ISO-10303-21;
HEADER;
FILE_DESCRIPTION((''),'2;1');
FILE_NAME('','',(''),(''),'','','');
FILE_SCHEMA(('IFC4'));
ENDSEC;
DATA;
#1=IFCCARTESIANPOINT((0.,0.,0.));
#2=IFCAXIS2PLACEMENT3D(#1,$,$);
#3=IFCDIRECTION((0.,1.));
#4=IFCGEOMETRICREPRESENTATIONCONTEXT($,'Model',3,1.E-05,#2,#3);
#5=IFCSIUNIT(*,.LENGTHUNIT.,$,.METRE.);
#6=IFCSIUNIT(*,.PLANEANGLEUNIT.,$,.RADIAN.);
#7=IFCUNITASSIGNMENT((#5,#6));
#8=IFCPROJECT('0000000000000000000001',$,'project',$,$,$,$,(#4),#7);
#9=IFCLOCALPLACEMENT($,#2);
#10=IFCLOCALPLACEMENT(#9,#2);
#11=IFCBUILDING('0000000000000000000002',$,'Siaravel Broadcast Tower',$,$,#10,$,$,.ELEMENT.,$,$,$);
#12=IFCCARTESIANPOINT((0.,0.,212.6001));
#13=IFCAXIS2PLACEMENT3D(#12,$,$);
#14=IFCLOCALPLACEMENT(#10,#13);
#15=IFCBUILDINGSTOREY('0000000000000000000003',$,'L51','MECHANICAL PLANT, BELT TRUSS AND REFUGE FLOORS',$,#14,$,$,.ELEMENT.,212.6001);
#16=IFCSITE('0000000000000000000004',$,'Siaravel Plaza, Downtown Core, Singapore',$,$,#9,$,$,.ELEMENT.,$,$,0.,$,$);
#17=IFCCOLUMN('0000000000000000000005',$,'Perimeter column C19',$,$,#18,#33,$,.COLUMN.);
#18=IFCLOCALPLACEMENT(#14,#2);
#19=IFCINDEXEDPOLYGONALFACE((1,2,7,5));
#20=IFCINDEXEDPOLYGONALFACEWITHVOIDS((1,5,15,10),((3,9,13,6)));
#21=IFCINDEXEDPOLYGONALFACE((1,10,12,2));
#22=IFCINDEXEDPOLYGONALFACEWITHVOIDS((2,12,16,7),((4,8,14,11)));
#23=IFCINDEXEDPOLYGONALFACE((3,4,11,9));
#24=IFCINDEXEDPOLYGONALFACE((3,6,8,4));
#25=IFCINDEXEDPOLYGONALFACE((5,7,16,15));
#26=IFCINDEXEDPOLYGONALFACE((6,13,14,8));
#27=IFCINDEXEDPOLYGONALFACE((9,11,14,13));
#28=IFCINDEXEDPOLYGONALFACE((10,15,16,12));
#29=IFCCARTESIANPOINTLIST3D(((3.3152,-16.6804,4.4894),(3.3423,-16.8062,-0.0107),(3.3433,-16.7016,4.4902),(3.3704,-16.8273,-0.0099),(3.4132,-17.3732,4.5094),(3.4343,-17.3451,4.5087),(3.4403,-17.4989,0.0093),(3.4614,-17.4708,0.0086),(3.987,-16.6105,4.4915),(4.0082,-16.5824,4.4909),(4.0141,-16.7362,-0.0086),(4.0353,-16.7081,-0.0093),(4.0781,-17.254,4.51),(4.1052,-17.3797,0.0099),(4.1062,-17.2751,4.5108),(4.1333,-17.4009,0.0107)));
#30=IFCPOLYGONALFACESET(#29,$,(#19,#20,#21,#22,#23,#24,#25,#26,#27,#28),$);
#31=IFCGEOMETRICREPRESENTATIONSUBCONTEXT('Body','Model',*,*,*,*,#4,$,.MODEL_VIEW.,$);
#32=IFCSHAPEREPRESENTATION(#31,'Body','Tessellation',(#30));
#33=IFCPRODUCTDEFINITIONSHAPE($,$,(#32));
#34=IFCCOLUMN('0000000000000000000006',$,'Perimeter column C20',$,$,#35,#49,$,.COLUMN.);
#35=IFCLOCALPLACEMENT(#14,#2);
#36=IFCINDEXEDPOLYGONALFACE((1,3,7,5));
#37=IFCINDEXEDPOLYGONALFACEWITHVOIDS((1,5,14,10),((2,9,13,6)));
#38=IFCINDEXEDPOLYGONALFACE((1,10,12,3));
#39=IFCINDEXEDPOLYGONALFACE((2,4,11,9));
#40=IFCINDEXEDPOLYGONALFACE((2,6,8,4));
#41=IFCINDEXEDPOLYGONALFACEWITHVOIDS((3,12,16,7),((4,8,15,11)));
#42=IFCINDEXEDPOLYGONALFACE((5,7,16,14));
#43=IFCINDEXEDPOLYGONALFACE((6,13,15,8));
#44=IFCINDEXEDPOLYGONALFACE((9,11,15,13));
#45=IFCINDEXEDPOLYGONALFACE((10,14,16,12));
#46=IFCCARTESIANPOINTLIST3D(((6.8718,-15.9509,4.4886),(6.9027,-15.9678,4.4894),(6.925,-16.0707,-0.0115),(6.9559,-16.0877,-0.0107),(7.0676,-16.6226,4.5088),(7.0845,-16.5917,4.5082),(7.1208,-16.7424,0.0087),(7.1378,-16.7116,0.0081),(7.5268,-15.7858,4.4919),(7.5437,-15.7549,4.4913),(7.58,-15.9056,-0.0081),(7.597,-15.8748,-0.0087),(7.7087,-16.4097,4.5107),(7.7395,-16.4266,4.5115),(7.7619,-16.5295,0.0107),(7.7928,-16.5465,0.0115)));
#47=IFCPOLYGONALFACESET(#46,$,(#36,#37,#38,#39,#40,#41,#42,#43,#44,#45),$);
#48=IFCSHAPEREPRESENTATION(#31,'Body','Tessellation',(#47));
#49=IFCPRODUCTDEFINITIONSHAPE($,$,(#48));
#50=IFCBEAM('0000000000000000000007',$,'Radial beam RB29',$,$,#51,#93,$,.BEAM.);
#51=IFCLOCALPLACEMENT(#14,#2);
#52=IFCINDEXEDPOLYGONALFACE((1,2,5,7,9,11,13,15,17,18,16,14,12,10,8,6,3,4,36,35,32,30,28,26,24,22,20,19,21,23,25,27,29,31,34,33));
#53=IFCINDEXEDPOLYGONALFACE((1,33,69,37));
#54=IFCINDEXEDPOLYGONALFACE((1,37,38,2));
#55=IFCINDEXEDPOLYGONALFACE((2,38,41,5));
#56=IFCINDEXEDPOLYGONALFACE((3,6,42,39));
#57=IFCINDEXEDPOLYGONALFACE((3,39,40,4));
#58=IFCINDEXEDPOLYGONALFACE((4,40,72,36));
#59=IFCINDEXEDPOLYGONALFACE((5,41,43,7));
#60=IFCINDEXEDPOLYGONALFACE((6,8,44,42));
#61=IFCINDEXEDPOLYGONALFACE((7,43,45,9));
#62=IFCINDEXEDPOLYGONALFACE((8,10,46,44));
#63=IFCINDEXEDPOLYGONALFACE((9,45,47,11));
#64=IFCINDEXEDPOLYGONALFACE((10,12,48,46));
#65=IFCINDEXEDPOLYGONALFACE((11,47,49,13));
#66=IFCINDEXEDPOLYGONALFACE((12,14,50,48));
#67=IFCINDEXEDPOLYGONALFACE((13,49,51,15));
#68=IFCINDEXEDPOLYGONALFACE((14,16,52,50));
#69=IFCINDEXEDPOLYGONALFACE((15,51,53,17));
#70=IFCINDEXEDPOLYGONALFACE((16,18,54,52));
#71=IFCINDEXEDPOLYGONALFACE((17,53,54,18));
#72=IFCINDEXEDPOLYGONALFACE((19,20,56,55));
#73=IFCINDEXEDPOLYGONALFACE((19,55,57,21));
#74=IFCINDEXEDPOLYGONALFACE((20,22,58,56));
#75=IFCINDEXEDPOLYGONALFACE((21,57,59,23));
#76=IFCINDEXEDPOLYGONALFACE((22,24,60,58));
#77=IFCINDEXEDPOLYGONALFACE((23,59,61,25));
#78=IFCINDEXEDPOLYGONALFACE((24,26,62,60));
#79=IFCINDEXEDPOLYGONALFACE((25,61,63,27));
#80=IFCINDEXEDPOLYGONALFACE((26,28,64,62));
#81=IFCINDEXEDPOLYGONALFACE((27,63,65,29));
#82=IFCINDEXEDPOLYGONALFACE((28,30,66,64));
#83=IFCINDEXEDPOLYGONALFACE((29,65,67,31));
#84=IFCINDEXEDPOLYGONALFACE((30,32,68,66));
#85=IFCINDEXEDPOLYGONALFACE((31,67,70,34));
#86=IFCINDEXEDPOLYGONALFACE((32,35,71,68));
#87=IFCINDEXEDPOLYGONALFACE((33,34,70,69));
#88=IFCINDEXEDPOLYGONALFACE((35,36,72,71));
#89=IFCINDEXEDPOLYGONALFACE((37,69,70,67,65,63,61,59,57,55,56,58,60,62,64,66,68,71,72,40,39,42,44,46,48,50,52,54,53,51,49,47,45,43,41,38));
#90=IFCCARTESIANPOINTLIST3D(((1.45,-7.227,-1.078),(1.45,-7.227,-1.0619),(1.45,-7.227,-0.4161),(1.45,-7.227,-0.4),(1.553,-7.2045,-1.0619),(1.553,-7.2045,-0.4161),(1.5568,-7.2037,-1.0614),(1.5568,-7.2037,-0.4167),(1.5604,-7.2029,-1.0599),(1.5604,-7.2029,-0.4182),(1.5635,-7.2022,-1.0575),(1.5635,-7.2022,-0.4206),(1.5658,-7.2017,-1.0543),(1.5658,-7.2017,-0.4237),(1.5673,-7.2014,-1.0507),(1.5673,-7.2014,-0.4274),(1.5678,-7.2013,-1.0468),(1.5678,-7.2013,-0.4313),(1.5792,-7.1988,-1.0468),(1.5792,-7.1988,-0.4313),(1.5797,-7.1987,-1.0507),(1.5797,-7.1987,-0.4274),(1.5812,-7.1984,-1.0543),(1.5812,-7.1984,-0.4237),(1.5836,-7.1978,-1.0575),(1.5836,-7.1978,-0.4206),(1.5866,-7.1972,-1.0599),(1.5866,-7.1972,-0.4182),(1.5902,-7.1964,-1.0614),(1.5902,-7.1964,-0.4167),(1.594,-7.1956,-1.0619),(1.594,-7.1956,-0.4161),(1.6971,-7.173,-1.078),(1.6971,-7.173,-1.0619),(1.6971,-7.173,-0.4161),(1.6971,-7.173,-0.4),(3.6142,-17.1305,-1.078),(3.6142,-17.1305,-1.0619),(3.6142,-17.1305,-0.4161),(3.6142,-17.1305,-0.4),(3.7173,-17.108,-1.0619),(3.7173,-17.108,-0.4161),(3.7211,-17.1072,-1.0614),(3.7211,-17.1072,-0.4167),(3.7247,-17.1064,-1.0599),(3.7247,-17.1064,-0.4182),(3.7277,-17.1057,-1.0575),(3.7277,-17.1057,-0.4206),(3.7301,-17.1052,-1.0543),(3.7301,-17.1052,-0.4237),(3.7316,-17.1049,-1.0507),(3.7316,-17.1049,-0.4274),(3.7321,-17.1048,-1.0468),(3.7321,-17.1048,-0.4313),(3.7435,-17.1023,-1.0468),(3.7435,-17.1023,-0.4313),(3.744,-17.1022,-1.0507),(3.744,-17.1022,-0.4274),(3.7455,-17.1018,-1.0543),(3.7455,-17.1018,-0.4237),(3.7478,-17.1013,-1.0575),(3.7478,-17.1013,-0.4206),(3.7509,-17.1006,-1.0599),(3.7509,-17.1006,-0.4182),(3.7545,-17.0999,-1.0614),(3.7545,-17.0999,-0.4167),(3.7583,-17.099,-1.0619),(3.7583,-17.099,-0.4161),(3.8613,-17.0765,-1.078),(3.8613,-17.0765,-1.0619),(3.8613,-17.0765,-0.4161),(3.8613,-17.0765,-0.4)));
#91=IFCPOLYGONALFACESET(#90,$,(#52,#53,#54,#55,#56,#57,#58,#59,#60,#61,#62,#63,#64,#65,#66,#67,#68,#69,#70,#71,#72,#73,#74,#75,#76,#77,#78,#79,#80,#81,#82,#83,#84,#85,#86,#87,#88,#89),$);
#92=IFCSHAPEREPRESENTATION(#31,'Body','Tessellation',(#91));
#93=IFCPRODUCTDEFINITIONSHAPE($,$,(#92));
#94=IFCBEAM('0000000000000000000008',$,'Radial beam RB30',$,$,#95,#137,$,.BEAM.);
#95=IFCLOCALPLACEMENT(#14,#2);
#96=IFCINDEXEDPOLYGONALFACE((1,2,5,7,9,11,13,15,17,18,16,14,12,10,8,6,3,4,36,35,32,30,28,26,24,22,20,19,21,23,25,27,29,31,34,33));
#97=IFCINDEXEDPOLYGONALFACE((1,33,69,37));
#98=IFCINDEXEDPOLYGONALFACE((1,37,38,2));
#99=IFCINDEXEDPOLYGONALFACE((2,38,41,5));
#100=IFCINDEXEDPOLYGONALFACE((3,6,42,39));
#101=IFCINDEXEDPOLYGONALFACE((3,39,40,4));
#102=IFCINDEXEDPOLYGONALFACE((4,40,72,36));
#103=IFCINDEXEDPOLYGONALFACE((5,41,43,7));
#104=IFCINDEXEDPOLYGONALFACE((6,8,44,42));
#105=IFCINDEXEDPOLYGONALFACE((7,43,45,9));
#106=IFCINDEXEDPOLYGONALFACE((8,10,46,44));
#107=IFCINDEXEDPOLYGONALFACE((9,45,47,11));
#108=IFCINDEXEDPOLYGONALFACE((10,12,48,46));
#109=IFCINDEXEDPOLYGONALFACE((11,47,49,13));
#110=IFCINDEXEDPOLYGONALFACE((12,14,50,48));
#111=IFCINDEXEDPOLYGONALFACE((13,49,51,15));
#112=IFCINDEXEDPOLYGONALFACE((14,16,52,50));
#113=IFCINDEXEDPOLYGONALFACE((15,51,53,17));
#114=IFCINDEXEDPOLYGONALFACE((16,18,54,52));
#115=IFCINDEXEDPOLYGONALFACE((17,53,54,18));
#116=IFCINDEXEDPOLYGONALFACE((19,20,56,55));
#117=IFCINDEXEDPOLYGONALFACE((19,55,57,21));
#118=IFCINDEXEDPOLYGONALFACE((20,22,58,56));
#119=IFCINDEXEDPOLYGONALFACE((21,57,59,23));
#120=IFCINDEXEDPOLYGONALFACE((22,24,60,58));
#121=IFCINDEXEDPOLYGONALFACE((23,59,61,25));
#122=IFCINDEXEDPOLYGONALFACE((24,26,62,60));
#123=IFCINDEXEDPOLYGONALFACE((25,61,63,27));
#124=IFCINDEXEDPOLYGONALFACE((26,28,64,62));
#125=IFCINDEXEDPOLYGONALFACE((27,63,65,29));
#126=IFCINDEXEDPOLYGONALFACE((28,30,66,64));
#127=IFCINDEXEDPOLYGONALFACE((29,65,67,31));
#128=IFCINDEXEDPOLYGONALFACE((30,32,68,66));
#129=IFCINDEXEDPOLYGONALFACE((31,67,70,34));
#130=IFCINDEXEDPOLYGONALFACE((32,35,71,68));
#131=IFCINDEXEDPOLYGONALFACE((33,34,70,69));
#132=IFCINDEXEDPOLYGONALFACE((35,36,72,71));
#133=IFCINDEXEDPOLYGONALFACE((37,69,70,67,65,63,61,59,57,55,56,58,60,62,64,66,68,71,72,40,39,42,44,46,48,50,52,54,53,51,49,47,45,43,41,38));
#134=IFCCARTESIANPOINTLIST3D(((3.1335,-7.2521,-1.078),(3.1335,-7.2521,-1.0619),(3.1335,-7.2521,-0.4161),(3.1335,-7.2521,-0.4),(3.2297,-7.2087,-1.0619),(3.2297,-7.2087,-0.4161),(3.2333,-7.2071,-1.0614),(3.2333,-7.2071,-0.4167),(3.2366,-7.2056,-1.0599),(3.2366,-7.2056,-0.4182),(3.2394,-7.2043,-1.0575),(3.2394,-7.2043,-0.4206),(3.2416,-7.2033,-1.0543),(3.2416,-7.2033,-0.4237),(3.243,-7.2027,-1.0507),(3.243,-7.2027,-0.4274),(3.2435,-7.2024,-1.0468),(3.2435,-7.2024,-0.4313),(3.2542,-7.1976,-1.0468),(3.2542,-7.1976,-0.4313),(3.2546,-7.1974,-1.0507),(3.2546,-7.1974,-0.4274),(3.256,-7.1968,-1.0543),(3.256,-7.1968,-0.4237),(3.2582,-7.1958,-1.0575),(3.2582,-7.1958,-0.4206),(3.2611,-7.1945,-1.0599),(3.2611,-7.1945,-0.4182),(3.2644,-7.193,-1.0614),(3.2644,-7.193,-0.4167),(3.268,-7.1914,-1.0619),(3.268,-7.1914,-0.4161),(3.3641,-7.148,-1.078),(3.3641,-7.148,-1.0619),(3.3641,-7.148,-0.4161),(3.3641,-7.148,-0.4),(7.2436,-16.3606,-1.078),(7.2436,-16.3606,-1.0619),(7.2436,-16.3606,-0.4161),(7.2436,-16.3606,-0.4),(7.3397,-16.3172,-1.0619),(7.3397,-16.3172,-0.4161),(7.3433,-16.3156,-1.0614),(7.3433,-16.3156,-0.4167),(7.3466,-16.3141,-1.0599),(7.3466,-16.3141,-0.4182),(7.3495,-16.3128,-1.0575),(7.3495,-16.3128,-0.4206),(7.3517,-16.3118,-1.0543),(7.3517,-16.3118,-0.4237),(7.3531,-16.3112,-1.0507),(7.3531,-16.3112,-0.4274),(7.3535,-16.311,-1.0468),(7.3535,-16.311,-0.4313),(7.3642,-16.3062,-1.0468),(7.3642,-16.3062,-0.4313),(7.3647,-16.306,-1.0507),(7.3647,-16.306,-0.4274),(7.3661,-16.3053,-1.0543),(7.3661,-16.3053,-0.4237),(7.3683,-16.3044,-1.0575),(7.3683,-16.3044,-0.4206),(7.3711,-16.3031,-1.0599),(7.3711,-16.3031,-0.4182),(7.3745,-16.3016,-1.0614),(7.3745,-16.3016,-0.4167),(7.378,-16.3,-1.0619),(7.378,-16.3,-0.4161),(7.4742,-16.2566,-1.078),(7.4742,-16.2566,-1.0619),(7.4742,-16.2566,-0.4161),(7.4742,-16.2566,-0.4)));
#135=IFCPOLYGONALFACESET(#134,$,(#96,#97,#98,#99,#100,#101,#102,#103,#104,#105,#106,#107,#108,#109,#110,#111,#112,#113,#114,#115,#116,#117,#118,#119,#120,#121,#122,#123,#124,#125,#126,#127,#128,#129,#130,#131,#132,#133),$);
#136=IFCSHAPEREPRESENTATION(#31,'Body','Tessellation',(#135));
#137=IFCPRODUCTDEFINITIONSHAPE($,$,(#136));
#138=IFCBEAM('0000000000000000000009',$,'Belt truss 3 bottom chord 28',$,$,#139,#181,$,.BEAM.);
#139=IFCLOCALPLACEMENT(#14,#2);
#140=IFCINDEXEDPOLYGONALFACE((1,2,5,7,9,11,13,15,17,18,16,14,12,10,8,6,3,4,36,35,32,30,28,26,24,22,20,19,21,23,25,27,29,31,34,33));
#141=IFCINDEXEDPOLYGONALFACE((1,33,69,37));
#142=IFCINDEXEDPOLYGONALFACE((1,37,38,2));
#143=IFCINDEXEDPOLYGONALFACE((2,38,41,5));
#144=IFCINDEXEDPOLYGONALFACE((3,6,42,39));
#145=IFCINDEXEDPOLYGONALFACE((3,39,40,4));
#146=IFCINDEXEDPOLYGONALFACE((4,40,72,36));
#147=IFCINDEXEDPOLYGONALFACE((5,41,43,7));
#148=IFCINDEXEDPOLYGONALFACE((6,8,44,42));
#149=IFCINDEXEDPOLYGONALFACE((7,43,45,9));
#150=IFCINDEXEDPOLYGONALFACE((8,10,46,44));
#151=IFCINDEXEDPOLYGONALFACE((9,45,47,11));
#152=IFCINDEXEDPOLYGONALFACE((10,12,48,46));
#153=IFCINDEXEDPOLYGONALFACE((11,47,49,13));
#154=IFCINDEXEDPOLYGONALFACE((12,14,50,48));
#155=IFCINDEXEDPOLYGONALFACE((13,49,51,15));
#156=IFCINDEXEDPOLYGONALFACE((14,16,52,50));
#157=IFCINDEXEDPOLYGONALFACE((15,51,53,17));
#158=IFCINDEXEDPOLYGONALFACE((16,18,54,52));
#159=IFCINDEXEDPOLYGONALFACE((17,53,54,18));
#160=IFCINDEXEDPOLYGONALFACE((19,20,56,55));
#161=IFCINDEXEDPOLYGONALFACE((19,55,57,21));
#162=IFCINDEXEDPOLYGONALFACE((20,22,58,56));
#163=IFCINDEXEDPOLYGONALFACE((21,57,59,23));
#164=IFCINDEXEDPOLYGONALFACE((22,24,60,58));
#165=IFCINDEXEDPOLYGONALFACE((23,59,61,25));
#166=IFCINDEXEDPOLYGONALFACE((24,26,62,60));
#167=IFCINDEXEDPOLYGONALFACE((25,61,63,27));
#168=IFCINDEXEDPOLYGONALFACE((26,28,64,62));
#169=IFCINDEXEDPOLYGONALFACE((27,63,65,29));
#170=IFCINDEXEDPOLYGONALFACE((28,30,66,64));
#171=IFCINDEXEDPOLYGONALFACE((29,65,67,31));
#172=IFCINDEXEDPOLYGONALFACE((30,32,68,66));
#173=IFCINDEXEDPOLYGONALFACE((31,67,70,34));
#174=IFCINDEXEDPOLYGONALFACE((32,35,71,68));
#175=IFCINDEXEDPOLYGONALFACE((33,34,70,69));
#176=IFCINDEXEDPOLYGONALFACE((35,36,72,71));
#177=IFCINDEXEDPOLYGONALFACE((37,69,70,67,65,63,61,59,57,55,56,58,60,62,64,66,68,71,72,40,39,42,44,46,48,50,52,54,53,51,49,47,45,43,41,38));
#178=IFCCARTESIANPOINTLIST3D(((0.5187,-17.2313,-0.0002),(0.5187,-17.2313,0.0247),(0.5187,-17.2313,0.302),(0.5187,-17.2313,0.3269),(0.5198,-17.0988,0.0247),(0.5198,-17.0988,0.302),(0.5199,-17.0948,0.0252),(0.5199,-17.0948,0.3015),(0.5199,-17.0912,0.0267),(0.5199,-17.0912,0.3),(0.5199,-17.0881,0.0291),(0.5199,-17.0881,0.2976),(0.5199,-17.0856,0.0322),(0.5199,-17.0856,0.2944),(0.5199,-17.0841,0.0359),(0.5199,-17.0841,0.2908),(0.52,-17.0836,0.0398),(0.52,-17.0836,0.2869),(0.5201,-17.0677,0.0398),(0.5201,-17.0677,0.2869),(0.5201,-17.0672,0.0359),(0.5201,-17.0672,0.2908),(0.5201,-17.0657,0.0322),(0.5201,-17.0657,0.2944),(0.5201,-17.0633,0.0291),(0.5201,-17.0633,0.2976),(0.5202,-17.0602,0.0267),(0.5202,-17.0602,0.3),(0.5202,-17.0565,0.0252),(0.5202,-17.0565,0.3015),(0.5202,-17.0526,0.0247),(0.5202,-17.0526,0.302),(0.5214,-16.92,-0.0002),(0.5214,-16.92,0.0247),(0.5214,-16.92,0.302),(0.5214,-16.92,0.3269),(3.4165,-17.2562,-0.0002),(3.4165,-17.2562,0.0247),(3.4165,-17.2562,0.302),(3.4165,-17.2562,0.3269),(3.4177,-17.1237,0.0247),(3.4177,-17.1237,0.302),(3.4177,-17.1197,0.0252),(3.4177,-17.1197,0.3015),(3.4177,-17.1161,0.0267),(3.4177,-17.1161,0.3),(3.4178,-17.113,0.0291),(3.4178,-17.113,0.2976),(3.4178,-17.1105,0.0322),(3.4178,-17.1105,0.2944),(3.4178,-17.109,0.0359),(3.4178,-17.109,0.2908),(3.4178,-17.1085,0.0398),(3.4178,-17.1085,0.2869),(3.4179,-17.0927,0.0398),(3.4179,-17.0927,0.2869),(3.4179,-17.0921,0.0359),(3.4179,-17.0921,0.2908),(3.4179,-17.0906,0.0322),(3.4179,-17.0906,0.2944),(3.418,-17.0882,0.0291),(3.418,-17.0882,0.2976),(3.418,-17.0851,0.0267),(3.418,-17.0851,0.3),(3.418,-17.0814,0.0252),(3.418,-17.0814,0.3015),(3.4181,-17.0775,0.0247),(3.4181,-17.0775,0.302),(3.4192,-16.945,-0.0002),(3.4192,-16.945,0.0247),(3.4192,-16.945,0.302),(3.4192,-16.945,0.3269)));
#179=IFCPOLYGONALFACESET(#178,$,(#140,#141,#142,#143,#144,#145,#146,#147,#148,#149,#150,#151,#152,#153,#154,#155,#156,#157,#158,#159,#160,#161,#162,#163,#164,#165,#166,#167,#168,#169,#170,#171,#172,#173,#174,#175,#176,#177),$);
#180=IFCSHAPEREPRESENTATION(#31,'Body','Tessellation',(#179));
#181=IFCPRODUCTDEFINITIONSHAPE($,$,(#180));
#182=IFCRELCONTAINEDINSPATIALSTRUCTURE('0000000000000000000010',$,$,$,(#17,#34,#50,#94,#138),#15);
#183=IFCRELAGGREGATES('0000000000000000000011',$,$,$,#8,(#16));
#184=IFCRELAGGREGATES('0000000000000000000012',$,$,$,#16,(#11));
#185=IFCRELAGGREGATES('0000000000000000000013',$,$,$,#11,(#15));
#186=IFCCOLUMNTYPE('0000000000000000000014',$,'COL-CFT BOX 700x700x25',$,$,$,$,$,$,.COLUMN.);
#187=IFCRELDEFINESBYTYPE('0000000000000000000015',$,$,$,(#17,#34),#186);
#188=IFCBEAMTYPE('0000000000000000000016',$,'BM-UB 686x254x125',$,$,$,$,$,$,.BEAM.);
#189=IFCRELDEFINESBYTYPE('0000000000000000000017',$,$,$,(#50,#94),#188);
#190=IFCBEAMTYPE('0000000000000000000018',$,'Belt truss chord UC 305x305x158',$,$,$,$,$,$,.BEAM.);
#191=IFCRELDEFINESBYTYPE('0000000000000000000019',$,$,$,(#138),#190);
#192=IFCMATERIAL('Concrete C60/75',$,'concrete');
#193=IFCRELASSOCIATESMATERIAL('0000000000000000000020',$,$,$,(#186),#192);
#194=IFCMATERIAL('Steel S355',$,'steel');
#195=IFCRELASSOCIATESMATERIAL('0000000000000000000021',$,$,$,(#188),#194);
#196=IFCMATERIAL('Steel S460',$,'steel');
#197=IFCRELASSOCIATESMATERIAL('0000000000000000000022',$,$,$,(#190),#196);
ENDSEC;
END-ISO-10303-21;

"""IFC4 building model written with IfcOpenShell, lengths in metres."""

from ifc_helpers import new_model, si_unit, direction, frame, origin, origin_2d, place, context, subcontext, project, spatial, hollow_rectangle, i_section, extrude, material, material_profile, profile_set, type_object, element, save


model = new_model("IFC4")

# Units and contexts
model_context = context("Model", 3, precision=1e-05, world=origin(), true_north=direction((0.0, 1.0)))
body_context = subcontext(model_context, "Body", "Model", "MODEL_VIEW")
ifc_project = project(units=[si_unit("LENGTHUNIT", "METRE"), si_unit("PLANEANGLEUNIT", "RADIAN")], contexts=[model_context])

# Site, building, storey
site_placement = place(None, origin())
site = spatial("IfcSite", under=ifc_project, at=site_placement, Name="Siaravel Plaza, Downtown Core, Singapore", CompositionType="ELEMENT", RefElevation=0.0)
building_placement = place(site_placement, origin())
building = spatial("IfcBuilding", under=site, at=building_placement, Name="Siaravel Broadcast Tower", CompositionType="ELEMENT")
storey_placement = place(building_placement, frame((0.0, 0.0, 212.6001)))
storey = spatial("IfcBuildingStorey", under=building, at=storey_placement, Name="L51", Description="MECHANICAL PLANT, BELT TRUSS AND REFUGE FLOORS", CompositionType="ELEMENT", Elevation=212.6001)

# Columns
ifc_material_1 = material(Name="Concrete C60/75", Category="concrete")
ifc_material_profile_1 = material_profile(ifc_material_1, hollow_rectangle(XDim=0.7, YDim=0.7, WallThickness=0.0249, at=origin_2d()))
ifc_profile_set_1 = profile_set([ifc_material_profile_1], Name="Concrete C60/75")
column_type = type_object("IfcColumnType", Name="COL-CFT BOX 700x700x25", PredefinedType="COLUMN", material=ifc_profile_set_1)
for number, where, z_axis, x_axis, name in (
    (1, (3.7378, -17.1035, 0.0), (-0.00602, 0.027929, 0.999592), (-0.990132, -0.14012, -0.002048), "Perimeter column C19"),
    (2, (7.3589, -16.3086, 0.0), (-0.011822, 0.026627, 0.999576), (-0.959998, -0.279979, -0.003896), "Perimeter column C20"),
):
    element("IfcColumn", number, at=place(storey_placement, frame(where, z_axis=z_axis, x_axis=x_axis)), inside=storey, type_object=column_type, Name=name, PredefinedType="COLUMN", context=body_context, shape_type="SweptSolid", body=[
        extrude(hollow_rectangle(XDim=0.7, YDim=0.7, WallThickness=0.0249, at=origin_2d()), origin(), (0.0, 0.0, 1.0), 4.502),
    ])

# Beams
ifc_material_2 = material(Name="Steel S355", Category="steel")
ifc_material_profile_2 = material_profile(ifc_material_2, i_section(OverallWidth=0.2529, OverallDepth=0.678, WebThickness=0.0117, FlangeThickness=0.0161, FilletRadius=0.0151, at=origin_2d()))
ifc_profile_set_2 = profile_set([ifc_material_profile_2], Name="Steel S355")
beam_type_1 = type_object("IfcBeamType", Name="BM-UB 686x254x125", PredefinedType="BEAM", material=ifc_profile_set_2)
beam_1_placement = place(storey_placement, frame((3.7378, -17.1035, -0.739), z_axis=(-0.213499, 0.976943, 0.0), x_axis=(-0.976943, -0.213499, 0.0)))
element("IfcBeam", 3, at=beam_1_placement, inside=storey, type_object=beam_type_1, Name="Radial beam RB29", PredefinedType="BEAM", context=body_context, shape_type="SweptSolid", body=[
    extrude(i_section(OverallWidth=0.2529, OverallDepth=0.678, WebThickness=0.0117, FlangeThickness=0.0161, FilletRadius=0.0151, at=origin_2d()), origin(), (0.0, 0.0, 1.0), 10.1372),
])
beam_2_placement = place(storey_placement, frame((7.3589, -16.3086, -0.739), z_axis=(-0.411298, 0.911501, 0.0), x_axis=(-0.911501, -0.411298, 0.0)))
element("IfcBeam", 4, at=beam_2_placement, inside=storey, type_object=beam_type_1, Name="Radial beam RB30", PredefinedType="BEAM", context=body_context, shape_type="SweptSolid", body=[
    extrude(i_section(OverallWidth=0.2529, OverallDepth=0.678, WebThickness=0.0117, FlangeThickness=0.0161, FilletRadius=0.0151, at=origin_2d()), origin(), (0.0, 0.0, 1.0), 9.9929),
])
ifc_material_3 = material(Name="Steel S460", Category="steel")
ifc_material_profile_3 = material_profile(ifc_material_3, i_section(OverallWidth=0.3113, OverallDepth=0.3271, WebThickness=0.0159, FlangeThickness=0.0249, FilletRadius=0.0151, at=origin_2d()))
ifc_profile_set_3 = profile_set([ifc_material_profile_3], Name="Steel S460")
beam_type_2 = type_object("IfcBeamType", Name="Belt truss chord UC 305x305x158", PredefinedType="BEAM", material=ifc_profile_set_3)
beam_3_placement = place(storey_placement, frame((0.52, -17.0757, 0.1633), z_axis=(0.999963, -0.008593, 0.0), x_axis=(0.008593, 0.999963, 0.0)))
element("IfcBeam", 5, at=beam_3_placement, inside=storey, type_object=beam_type_2, Name="Belt truss 3 bottom chord 28", PredefinedType="BEAM", context=body_context, shape_type="SweptSolid", body=[
    extrude(i_section(OverallWidth=0.3113, OverallDepth=0.3271, WebThickness=0.0159, FlangeThickness=0.0249, FilletRadius=0.0151, at=origin_2d()), origin(), (0.0, 0.0, 1.0), 2.8979),
])

save(model, "model.ifc")
